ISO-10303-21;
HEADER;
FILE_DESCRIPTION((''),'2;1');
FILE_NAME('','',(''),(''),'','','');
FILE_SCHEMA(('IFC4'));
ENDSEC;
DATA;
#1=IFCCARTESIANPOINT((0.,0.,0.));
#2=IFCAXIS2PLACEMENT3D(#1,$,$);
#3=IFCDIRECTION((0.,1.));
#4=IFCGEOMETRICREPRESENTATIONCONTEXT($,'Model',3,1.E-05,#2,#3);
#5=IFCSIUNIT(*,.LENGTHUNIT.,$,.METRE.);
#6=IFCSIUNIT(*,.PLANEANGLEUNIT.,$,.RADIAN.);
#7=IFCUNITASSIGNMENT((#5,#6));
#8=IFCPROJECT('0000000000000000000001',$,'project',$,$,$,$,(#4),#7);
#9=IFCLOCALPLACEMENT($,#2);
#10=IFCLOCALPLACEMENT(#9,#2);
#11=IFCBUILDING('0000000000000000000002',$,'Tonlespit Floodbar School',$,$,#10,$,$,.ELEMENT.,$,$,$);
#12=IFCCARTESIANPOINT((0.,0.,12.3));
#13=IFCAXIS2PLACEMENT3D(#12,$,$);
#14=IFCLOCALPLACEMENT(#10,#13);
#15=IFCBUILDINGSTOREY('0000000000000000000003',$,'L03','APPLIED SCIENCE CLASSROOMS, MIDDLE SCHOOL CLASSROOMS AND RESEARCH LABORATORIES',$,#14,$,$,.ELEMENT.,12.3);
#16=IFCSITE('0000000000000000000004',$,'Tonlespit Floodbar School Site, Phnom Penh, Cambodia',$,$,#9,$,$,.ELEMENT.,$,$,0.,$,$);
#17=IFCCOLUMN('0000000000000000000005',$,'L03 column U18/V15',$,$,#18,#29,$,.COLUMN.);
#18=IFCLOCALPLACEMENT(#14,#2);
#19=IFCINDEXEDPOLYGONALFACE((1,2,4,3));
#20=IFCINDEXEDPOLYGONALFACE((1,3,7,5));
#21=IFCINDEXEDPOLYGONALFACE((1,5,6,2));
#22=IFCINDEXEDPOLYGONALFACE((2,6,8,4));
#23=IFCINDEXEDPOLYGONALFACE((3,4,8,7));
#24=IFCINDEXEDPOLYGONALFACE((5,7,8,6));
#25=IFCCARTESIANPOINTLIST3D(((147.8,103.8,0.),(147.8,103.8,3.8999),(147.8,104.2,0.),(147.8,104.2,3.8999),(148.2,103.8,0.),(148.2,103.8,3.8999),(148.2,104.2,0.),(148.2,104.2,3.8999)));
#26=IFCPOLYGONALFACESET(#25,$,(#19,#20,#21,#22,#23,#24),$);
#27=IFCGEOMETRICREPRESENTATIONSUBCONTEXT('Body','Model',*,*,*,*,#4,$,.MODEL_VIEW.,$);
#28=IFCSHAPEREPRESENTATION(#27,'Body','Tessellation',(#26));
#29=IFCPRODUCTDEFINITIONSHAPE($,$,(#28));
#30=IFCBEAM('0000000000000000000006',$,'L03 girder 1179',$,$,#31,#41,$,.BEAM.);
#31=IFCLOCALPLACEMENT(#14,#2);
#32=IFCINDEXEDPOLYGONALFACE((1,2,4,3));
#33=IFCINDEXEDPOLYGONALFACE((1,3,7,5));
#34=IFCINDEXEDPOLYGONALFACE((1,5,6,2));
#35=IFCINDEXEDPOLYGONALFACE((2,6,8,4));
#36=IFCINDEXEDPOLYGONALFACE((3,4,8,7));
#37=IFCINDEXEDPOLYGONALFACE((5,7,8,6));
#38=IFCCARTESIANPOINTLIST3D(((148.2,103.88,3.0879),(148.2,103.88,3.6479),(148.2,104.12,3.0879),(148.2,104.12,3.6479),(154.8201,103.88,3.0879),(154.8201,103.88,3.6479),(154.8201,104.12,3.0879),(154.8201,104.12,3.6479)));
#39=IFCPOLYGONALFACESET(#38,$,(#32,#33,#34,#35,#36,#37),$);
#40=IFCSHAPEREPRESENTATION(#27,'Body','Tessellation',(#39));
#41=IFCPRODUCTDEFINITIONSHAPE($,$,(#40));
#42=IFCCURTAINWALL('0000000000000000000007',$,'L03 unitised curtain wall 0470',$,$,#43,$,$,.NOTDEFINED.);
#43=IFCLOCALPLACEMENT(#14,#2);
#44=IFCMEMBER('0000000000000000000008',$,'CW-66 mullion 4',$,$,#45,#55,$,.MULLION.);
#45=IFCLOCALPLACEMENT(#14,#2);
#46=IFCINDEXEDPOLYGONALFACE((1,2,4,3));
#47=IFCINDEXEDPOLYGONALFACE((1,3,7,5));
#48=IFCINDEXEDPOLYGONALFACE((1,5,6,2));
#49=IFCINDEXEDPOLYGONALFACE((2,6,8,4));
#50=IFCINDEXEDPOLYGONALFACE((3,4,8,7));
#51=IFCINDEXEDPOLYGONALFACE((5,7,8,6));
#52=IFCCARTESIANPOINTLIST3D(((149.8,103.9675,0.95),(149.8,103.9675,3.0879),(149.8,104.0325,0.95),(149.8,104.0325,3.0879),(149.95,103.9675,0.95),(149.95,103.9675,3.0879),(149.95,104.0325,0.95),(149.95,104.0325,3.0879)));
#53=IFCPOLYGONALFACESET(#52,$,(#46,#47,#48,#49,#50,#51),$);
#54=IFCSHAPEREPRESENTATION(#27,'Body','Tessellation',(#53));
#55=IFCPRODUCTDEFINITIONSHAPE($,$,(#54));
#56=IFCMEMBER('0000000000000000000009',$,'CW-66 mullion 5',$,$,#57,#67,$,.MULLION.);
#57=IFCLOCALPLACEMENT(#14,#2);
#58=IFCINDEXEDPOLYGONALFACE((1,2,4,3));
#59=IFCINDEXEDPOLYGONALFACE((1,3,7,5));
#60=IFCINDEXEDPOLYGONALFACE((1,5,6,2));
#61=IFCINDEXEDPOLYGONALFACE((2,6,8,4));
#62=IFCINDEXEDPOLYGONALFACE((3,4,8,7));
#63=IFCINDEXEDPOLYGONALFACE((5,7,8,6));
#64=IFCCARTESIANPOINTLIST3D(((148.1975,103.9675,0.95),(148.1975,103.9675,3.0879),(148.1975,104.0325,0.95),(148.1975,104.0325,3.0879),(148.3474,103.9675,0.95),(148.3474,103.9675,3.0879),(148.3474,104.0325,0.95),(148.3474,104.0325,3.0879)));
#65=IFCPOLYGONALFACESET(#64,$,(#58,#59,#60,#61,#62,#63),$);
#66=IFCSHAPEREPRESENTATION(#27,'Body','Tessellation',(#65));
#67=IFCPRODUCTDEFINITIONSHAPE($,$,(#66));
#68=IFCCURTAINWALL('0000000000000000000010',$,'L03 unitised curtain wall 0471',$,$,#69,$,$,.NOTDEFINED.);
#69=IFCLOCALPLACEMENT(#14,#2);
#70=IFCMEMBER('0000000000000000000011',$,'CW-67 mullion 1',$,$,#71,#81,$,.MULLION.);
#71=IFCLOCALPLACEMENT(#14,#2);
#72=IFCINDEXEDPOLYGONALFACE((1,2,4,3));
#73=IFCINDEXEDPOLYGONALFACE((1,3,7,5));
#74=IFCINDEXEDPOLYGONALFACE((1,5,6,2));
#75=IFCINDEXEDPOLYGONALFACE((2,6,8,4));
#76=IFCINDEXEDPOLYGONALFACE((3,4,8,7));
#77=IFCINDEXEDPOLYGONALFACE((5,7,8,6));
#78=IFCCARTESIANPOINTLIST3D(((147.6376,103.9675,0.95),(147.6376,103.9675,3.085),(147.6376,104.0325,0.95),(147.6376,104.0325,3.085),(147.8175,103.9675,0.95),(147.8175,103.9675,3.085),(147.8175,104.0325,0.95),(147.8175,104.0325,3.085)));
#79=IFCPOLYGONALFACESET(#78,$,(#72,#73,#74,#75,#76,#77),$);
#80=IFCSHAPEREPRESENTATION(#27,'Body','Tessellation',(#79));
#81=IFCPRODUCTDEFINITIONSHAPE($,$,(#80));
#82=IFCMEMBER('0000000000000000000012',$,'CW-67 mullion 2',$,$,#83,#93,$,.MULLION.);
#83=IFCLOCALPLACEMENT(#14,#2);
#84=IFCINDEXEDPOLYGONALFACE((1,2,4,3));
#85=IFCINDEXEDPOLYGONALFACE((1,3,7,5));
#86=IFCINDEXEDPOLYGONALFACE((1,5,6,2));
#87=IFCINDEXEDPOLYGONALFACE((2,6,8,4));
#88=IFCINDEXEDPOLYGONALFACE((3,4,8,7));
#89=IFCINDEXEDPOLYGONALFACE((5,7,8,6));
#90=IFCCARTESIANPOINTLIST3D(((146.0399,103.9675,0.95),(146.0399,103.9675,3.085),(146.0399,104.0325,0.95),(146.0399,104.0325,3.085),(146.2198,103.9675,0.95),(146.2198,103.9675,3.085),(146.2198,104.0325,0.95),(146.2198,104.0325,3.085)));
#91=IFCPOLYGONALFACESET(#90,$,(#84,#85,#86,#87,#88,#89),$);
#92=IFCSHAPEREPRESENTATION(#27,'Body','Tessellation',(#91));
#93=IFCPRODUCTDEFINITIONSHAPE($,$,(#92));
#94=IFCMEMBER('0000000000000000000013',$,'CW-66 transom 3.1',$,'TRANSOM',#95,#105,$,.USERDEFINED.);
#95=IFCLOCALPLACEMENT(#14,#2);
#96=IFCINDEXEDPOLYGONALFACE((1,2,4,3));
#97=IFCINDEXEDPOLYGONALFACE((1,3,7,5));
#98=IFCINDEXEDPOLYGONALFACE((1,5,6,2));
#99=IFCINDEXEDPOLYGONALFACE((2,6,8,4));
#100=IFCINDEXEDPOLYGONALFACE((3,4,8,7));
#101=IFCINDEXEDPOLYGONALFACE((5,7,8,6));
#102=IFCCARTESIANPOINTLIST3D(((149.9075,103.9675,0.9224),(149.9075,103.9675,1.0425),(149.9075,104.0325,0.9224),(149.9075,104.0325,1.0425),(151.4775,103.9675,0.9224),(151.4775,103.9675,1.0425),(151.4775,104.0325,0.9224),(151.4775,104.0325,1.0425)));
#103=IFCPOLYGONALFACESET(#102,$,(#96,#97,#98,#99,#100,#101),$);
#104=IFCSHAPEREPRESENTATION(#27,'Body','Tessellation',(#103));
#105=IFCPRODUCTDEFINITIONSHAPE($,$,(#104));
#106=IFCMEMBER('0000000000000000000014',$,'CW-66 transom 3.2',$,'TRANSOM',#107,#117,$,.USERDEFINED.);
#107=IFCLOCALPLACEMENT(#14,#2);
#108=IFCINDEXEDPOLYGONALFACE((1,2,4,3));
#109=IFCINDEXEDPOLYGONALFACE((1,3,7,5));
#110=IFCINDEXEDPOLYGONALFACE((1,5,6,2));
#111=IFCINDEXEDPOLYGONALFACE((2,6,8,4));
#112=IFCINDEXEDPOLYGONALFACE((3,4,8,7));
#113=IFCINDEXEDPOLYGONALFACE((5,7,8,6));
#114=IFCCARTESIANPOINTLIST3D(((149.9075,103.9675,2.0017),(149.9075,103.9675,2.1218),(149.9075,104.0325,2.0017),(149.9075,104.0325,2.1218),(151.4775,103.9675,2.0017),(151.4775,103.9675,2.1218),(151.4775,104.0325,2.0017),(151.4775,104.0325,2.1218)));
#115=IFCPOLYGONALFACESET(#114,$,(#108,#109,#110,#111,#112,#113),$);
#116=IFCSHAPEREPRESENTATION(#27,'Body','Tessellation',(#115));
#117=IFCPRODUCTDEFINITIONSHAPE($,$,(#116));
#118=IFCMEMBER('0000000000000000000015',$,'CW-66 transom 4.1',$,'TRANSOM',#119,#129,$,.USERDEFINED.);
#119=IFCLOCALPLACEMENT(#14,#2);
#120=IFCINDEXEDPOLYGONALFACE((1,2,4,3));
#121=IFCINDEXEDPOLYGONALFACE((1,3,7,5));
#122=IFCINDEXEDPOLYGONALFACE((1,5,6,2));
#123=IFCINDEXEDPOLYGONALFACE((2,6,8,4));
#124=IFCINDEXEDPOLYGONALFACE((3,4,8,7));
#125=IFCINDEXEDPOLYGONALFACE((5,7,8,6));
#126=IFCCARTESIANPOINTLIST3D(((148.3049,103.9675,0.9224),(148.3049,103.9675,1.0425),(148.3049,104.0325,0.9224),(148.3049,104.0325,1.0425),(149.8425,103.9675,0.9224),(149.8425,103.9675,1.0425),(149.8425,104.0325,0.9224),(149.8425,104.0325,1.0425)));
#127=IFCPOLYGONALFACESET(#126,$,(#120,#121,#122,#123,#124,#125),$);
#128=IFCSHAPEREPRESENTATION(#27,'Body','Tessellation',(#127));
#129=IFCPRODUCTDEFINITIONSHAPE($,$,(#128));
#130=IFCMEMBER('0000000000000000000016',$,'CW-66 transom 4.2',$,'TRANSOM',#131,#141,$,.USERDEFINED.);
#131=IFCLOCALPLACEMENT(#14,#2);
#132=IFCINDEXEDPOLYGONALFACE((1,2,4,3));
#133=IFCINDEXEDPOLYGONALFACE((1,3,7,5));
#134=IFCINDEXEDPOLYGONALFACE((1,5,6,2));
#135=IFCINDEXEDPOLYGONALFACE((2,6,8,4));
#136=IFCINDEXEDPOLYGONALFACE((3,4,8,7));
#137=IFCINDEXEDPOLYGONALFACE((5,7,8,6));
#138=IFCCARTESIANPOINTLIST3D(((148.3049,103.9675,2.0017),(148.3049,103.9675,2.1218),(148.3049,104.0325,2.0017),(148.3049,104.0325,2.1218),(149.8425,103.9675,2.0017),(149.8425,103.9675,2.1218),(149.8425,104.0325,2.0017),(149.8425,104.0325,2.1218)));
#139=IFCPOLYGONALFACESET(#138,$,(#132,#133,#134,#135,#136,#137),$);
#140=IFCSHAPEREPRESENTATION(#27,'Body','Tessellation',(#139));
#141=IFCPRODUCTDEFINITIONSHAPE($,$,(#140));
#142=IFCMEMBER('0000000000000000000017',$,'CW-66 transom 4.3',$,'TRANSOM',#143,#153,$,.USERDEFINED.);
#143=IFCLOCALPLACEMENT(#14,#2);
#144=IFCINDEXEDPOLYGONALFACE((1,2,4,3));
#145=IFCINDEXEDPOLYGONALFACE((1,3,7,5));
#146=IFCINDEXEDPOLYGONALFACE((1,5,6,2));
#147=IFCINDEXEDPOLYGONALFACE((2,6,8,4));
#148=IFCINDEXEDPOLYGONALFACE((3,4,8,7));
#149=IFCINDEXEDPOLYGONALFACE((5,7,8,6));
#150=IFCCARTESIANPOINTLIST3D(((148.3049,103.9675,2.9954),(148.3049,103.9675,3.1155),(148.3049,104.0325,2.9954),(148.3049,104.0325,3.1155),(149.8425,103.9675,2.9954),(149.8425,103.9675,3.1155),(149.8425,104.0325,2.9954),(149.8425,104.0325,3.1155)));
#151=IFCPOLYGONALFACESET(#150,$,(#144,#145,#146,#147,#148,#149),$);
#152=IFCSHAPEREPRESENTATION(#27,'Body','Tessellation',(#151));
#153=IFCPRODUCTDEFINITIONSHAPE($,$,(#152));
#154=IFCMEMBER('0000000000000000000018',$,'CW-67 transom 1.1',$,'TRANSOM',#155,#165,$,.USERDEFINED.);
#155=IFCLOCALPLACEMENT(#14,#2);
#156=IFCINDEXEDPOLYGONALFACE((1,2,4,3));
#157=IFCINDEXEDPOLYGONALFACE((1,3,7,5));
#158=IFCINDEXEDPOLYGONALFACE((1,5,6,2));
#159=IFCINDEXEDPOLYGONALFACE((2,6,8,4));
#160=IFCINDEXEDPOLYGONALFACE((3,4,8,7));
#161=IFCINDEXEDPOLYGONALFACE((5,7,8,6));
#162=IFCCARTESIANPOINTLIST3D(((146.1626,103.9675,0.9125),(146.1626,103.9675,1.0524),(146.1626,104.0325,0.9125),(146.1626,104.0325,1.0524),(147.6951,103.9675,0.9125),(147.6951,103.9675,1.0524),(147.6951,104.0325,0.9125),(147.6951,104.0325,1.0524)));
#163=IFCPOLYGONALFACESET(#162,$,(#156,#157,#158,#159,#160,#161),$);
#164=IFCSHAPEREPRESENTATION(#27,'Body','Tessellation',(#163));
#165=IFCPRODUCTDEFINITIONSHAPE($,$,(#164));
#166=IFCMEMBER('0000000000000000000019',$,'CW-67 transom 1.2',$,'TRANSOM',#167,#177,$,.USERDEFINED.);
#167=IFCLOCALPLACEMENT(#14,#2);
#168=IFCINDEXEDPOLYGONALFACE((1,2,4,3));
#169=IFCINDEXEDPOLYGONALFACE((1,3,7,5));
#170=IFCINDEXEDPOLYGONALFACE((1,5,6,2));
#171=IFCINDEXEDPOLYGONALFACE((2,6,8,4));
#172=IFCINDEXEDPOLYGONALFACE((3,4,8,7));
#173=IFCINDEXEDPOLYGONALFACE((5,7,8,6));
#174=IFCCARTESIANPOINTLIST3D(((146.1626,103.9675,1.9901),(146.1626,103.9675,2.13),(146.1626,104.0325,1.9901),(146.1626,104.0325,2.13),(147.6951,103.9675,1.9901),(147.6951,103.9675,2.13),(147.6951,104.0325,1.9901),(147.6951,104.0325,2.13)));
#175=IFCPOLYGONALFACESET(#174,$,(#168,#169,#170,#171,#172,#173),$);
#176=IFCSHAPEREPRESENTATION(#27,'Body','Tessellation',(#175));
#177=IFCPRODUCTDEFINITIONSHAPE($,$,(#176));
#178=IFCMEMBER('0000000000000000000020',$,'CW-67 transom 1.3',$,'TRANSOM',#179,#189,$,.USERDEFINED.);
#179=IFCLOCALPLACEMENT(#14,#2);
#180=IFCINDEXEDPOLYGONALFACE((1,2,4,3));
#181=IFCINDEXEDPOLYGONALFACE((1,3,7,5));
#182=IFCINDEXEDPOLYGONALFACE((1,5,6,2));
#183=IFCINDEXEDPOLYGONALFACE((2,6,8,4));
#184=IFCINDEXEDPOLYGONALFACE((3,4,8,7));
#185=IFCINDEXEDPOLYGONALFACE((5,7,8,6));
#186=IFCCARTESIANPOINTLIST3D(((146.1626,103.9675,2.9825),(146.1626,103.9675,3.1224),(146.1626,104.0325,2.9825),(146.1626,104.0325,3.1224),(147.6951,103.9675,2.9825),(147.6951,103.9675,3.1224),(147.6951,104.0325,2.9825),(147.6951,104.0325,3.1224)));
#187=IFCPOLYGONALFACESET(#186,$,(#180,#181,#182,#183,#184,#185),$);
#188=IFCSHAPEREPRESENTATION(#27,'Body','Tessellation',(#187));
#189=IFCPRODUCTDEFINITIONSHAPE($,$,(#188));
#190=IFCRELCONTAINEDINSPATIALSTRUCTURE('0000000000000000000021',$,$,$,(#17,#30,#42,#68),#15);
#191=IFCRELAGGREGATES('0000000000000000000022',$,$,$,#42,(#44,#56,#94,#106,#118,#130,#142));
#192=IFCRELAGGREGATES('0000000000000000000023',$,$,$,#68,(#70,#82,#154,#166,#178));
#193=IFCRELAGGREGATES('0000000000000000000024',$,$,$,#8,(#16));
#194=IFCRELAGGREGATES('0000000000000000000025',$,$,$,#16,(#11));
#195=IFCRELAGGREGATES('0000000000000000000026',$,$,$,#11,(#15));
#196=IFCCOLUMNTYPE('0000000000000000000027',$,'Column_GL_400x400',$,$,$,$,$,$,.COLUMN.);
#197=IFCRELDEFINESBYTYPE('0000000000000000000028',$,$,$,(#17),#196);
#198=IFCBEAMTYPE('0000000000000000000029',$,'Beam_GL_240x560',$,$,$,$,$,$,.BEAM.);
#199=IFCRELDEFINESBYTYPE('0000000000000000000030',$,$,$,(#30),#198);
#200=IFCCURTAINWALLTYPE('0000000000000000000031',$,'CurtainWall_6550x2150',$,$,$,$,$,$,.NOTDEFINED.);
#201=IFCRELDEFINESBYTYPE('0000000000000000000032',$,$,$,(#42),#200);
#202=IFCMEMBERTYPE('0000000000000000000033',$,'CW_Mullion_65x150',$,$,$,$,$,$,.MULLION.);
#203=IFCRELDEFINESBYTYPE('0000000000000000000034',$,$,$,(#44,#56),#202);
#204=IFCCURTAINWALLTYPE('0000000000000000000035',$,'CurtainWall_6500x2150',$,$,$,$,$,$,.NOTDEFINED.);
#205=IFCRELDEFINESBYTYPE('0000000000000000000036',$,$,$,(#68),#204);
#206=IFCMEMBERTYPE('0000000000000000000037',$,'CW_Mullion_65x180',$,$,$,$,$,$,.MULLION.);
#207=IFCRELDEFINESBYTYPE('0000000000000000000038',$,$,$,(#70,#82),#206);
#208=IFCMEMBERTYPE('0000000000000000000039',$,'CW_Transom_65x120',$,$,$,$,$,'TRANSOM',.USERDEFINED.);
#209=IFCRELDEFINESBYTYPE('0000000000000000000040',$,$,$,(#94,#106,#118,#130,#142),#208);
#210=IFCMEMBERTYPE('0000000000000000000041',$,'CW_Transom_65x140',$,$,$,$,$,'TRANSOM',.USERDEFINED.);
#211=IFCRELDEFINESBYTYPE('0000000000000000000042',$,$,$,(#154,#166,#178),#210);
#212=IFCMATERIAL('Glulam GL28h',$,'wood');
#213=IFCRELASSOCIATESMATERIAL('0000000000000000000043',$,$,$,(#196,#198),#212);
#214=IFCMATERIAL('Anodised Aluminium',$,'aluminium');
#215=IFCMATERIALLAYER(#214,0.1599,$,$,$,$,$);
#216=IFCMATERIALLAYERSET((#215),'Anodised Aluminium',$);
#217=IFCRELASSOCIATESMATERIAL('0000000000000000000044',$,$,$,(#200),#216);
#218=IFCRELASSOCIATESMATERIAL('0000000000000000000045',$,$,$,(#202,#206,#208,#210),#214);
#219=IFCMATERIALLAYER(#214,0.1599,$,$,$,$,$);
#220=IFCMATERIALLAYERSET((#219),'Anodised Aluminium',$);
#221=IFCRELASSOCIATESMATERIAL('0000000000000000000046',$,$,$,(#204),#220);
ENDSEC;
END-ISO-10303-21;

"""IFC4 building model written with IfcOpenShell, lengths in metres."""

from ifc_helpers import new_model, si_unit, direction, frame, origin, origin_2d, place, context, subcontext, project, spatial, rectangle, extrude, material, layer, layer_set, material_profile, profile_set, type_object, element, aggregate, save


model = new_model("IFC4")

# Units and contexts
model_context = context("Model", 3, precision=1e-05, world=origin(), true_north=direction((0.0, 1.0)))
body_context = subcontext(model_context, "Body", "Model", "MODEL_VIEW")
ifc_project = project(units=[si_unit("LENGTHUNIT", "METRE"), si_unit("PLANEANGLEUNIT", "RADIAN")], contexts=[model_context])

# Site, building, storey
site_placement = place(None, origin())
site = spatial("IfcSite", under=ifc_project, at=site_placement, Name="Tonlespit Floodbar School Site, Phnom Penh, Cambodia", CompositionType="ELEMENT", RefElevation=0.0)
building_placement = place(site_placement, origin())
building = spatial("IfcBuilding", under=site, at=building_placement, Name="Tonlespit Floodbar School", CompositionType="ELEMENT")
storey_placement = place(building_placement, frame((0.0, 0.0, 12.3)))
storey = spatial("IfcBuildingStorey", under=building, at=storey_placement, Name="L03", Description="APPLIED SCIENCE CLASSROOMS, MIDDLE SCHOOL CLASSROOMS AND RESEARCH LABORATORIES", CompositionType="ELEMENT", Elevation=12.3)

# Column
ifc_material_1 = material(Name="Glulam GL28h", Category="wood")
ifc_material_profile_1 = material_profile(ifc_material_1, rectangle(XDim=0.3999, YDim=0.3999, at=origin_2d()), Name="GL 400x400")
ifc_profile_set_1 = profile_set([ifc_material_profile_1], Name="Glulam GL28h")
column_type = type_object("IfcColumnType", Name="Column_GL_400x400", PredefinedType="COLUMN", material=ifc_profile_set_1)
column_placement = place(storey_placement, frame((148.0, 104.0, 0.0), z_axis=(0.0, 0.0, 1.0), x_axis=(1.0, 0.0, 0.0)))
element("IfcColumn", 1, at=column_placement, inside=storey, type_object=column_type, Name="L03 column U18/V15", PredefinedType="COLUMN", context=body_context, shape_type="SweptSolid", body=[
    extrude(rectangle(XDim=0.3999, YDim=0.3999, at=origin_2d()), origin(), (0.0, 0.0, 1.0), 3.8999),
])

# Beam
ifc_material_profile_2 = material_profile(ifc_material_1, rectangle(XDim=0.24, YDim=0.5601, at=origin_2d()), Name="GL 240x560")
ifc_profile_set_2 = profile_set([ifc_material_profile_2], Name="Glulam GL28h")
beam_type = type_object("IfcBeamType", Name="Beam_GL_240x560", PredefinedType="BEAM", material=ifc_profile_set_2)
beam_placement = place(storey_placement, frame((148.2, 104.0, 3.3679), z_axis=(1.0, 0.0, 0.0), x_axis=(0.0, 1.0, 0.0)))
element("IfcBeam", 2, at=beam_placement, inside=storey, type_object=beam_type, Name="L03 girder 1179", PredefinedType="BEAM", context=body_context, shape_type="SweptSolid", body=[
    extrude(rectangle(XDim=0.24, YDim=0.5601, at=origin_2d()), origin(), (0.0, 0.0, 1.0), 6.6201),
])

# Curtain walls, members
ifc_material_2 = material(Name="Anodised Aluminium", Category="aluminium")
ifc_layer_1 = layer(ifc_material_2, 0.1599)
ifc_layer_set_1 = layer_set([ifc_layer_1], Name="Anodised Aluminium")
curtain_wall_type_1 = type_object("IfcCurtainWallType", Name="CurtainWall_6550x2150", PredefinedType="NOTDEFINED", material=ifc_layer_set_1)
curtain_wall_1_placement = place(storey_placement, origin())
curtain_wall_1 = element("IfcCurtainWall", 3, at=curtain_wall_1_placement, inside=storey, type_object=curtain_wall_type_1, Name="L03 unitised curtain wall 0470", PredefinedType="NOTDEFINED")
ifc_material_profile_3 = material_profile(ifc_material_2, rectangle(XDim=0.0649, YDim=0.1499, at=origin_2d()), Name="ALU M65x150")
ifc_profile_set_3 = profile_set([ifc_material_profile_3], Name="Anodised Aluminium")
member_type_1 = type_object("IfcMemberType", Name="CW_Mullion_65x150", PredefinedType="MULLION", material=ifc_profile_set_3)
member_1_placement = place(storey_placement, frame((149.875, 104.0, 0.95), z_axis=(0.0, 0.0, 1.0), x_axis=(0.0, -1.0, 0.0)))
member_1 = element("IfcMember", 4, at=member_1_placement, type_object=member_type_1, Name="CW-66 mullion 4", PredefinedType="MULLION", context=body_context, shape_type="SweptSolid", body=[
    extrude(rectangle(XDim=0.0649, YDim=0.1499, at=origin_2d()), origin(), (0.0, 0.0, 1.0), 2.1379),
])
member_2_placement = place(storey_placement, frame((148.2725, 104.0, 0.95), z_axis=(0.0, 0.0, 1.0), x_axis=(0.0, -1.0, 0.0)))
member_2 = element("IfcMember", 5, at=member_2_placement, type_object=member_type_1, Name="CW-66 mullion 5", PredefinedType="MULLION", context=body_context, shape_type="SweptSolid", body=[
    extrude(rectangle(XDim=0.0649, YDim=0.1499, at=origin_2d()), origin(), (0.0, 0.0, 1.0), 2.1379),
])
ifc_layer_2 = layer(ifc_material_2, 0.1599)
ifc_layer_set_2 = layer_set([ifc_layer_2], Name="Anodised Aluminium")
curtain_wall_type_2 = type_object("IfcCurtainWallType", Name="CurtainWall_6500x2150", PredefinedType="NOTDEFINED", material=ifc_layer_set_2)
curtain_wall_2_placement = place(storey_placement, origin())
curtain_wall_2 = element("IfcCurtainWall", 6, at=curtain_wall_2_placement, inside=storey, type_object=curtain_wall_type_2, Name="L03 unitised curtain wall 0471", PredefinedType="NOTDEFINED")
ifc_material_profile_4 = material_profile(ifc_material_2, rectangle(XDim=0.0649, YDim=0.1799, at=origin_2d()), Name="ALU M65x180")
ifc_profile_set_4 = profile_set([ifc_material_profile_4], Name="Anodised Aluminium")
member_type_2 = type_object("IfcMemberType", Name="CW_Mullion_65x180", PredefinedType="MULLION", material=ifc_profile_set_4)
member_3_placement = place(storey_placement, frame((147.7275, 104.0, 0.95), z_axis=(0.0, 0.0, 1.0), x_axis=(0.0, -1.0, 0.0)))
member_3 = element("IfcMember", 7, at=member_3_placement, type_object=member_type_2, Name="CW-67 mullion 1", PredefinedType="MULLION", context=body_context, shape_type="SweptSolid", body=[
    extrude(rectangle(XDim=0.0649, YDim=0.1799, at=origin_2d()), origin(), (0.0, 0.0, 1.0), 2.135),
])
member_4_placement = place(storey_placement, frame((146.1299, 104.0, 0.95), z_axis=(0.0, 0.0, 1.0), x_axis=(0.0, -1.0, 0.0)))
member_4 = element("IfcMember", 8, at=member_4_placement, type_object=member_type_2, Name="CW-67 mullion 2", PredefinedType="MULLION", context=body_context, shape_type="SweptSolid", body=[
    extrude(rectangle(XDim=0.0649, YDim=0.1799, at=origin_2d()), origin(), (0.0, 0.0, 1.0), 2.135),
])

# Members
ifc_material_profile_5 = material_profile(ifc_material_2, rectangle(XDim=0.0649, YDim=0.1201, at=origin_2d()), Name="ALU T65x120")
ifc_profile_set_5 = profile_set([ifc_material_profile_5], Name="Anodised Aluminium")
member_type_3 = type_object("IfcMemberType", Name="CW_Transom_65x120", ElementType="TRANSOM", PredefinedType="USERDEFINED", material=ifc_profile_set_5)
member_5_placement = place(storey_placement, frame((151.4775, 104.0, 0.9824), z_axis=(-1.0, 0.0, 0.0), x_axis=(0.0, -1.0, 0.0)))
member_5 = element("IfcMember", 9, at=member_5_placement, type_object=member_type_3, Name="CW-66 transom 3.1", ObjectType="TRANSOM", PredefinedType="USERDEFINED", context=body_context, shape_type="SweptSolid", body=[
    extrude(rectangle(XDim=0.0649, YDim=0.1201, at=origin_2d()), origin(), (0.0, 0.0, 1.0), 1.5701),
])
member_6_placement = place(storey_placement, frame((151.4775, 104.0, 2.0618), z_axis=(-1.0, 0.0, 0.0), x_axis=(0.0, -1.0, 0.0)))
member_6 = element("IfcMember", 10, at=member_6_placement, type_object=member_type_3, Name="CW-66 transom 3.2", ObjectType="TRANSOM", PredefinedType="USERDEFINED", context=body_context, shape_type="SweptSolid", body=[
    extrude(rectangle(XDim=0.0649, YDim=0.1201, at=origin_2d()), origin(), (0.0, 0.0, 1.0), 1.5701),
])
member_7_placement = place(storey_placement, frame((149.8425, 104.0, 0.9824), z_axis=(-1.0, 0.0, 0.0), x_axis=(0.0, -1.0, 0.0)))
member_7 = element("IfcMember", 11, at=member_7_placement, type_object=member_type_3, Name="CW-66 transom 4.1", ObjectType="TRANSOM", PredefinedType="USERDEFINED", context=body_context, shape_type="SweptSolid", body=[
    extrude(rectangle(XDim=0.0649, YDim=0.1201, at=origin_2d()), origin(), (0.0, 0.0, 1.0), 1.5376),
])
member_8_placement = place(storey_placement, frame((149.8425, 104.0, 2.0618), z_axis=(-1.0, 0.0, 0.0), x_axis=(0.0, -1.0, 0.0)))
member_8 = element("IfcMember", 12, at=member_8_placement, type_object=member_type_3, Name="CW-66 transom 4.2", ObjectType="TRANSOM", PredefinedType="USERDEFINED", context=body_context, shape_type="SweptSolid", body=[
    extrude(rectangle(XDim=0.0649, YDim=0.1201, at=origin_2d()), origin(), (0.0, 0.0, 1.0), 1.5376),
])
member_9_placement = place(storey_placement, frame((149.8425, 104.0, 3.0554), z_axis=(-1.0, 0.0, 0.0), x_axis=(0.0, -1.0, 0.0)))
member_9 = element("IfcMember", 13, at=member_9_placement, type_object=member_type_3, Name="CW-66 transom 4.3", ObjectType="TRANSOM", PredefinedType="USERDEFINED", context=body_context, shape_type="SweptSolid", body=[
    extrude(rectangle(XDim=0.0649, YDim=0.1201, at=origin_2d()), origin(), (0.0, 0.0, 1.0), 1.5376),
])
ifc_material_profile_6 = material_profile(ifc_material_2, rectangle(XDim=0.0649, YDim=0.1399, at=origin_2d()), Name="ALU T65x140")
ifc_profile_set_6 = profile_set([ifc_material_profile_6], Name="Anodised Aluminium")
member_type_4 = type_object("IfcMemberType", Name="CW_Transom_65x140", ElementType="TRANSOM", PredefinedType="USERDEFINED", material=ifc_profile_set_6)
member_10_placement = place(storey_placement, frame((147.6951, 104.0, 0.9824), z_axis=(-1.0, 0.0, 0.0), x_axis=(0.0, -1.0, 0.0)))
member_10 = element("IfcMember", 14, at=member_10_placement, type_object=member_type_4, Name="CW-67 transom 1.1", ObjectType="TRANSOM", PredefinedType="USERDEFINED", context=body_context, shape_type="SweptSolid", body=[
    extrude(rectangle(XDim=0.0649, YDim=0.1399, at=origin_2d()), origin(), (0.0, 0.0, 1.0), 1.5325),
])
member_11_placement = place(storey_placement, frame((147.6951, 104.0, 2.0601), z_axis=(-1.0, 0.0, 0.0), x_axis=(0.0, -1.0, 0.0)))
member_11 = element("IfcMember", 15, at=member_11_placement, type_object=member_type_4, Name="CW-67 transom 1.2", ObjectType="TRANSOM", PredefinedType="USERDEFINED", context=body_context, shape_type="SweptSolid", body=[
    extrude(rectangle(XDim=0.0649, YDim=0.1399, at=origin_2d()), origin(), (0.0, 0.0, 1.0), 1.5325),
])
member_12_placement = place(storey_placement, frame((147.6951, 104.0, 3.0525), z_axis=(-1.0, 0.0, 0.0), x_axis=(0.0, -1.0, 0.0)))
member_12 = element("IfcMember", 16, at=member_12_placement, type_object=member_type_4, Name="CW-67 transom 1.3", ObjectType="TRANSOM", PredefinedType="USERDEFINED", context=body_context, shape_type="SweptSolid", body=[
    extrude(rectangle(XDim=0.0649, YDim=0.1399, at=origin_2d()), origin(), (0.0, 0.0, 1.0), 1.5325),
])

aggregate(curtain_wall_1, [member_1, member_2, member_5, member_6, member_7, member_8, member_9])
aggregate(curtain_wall_2, [member_3, member_4, member_10, member_11, member_12])

save(model, "model.ifc")
